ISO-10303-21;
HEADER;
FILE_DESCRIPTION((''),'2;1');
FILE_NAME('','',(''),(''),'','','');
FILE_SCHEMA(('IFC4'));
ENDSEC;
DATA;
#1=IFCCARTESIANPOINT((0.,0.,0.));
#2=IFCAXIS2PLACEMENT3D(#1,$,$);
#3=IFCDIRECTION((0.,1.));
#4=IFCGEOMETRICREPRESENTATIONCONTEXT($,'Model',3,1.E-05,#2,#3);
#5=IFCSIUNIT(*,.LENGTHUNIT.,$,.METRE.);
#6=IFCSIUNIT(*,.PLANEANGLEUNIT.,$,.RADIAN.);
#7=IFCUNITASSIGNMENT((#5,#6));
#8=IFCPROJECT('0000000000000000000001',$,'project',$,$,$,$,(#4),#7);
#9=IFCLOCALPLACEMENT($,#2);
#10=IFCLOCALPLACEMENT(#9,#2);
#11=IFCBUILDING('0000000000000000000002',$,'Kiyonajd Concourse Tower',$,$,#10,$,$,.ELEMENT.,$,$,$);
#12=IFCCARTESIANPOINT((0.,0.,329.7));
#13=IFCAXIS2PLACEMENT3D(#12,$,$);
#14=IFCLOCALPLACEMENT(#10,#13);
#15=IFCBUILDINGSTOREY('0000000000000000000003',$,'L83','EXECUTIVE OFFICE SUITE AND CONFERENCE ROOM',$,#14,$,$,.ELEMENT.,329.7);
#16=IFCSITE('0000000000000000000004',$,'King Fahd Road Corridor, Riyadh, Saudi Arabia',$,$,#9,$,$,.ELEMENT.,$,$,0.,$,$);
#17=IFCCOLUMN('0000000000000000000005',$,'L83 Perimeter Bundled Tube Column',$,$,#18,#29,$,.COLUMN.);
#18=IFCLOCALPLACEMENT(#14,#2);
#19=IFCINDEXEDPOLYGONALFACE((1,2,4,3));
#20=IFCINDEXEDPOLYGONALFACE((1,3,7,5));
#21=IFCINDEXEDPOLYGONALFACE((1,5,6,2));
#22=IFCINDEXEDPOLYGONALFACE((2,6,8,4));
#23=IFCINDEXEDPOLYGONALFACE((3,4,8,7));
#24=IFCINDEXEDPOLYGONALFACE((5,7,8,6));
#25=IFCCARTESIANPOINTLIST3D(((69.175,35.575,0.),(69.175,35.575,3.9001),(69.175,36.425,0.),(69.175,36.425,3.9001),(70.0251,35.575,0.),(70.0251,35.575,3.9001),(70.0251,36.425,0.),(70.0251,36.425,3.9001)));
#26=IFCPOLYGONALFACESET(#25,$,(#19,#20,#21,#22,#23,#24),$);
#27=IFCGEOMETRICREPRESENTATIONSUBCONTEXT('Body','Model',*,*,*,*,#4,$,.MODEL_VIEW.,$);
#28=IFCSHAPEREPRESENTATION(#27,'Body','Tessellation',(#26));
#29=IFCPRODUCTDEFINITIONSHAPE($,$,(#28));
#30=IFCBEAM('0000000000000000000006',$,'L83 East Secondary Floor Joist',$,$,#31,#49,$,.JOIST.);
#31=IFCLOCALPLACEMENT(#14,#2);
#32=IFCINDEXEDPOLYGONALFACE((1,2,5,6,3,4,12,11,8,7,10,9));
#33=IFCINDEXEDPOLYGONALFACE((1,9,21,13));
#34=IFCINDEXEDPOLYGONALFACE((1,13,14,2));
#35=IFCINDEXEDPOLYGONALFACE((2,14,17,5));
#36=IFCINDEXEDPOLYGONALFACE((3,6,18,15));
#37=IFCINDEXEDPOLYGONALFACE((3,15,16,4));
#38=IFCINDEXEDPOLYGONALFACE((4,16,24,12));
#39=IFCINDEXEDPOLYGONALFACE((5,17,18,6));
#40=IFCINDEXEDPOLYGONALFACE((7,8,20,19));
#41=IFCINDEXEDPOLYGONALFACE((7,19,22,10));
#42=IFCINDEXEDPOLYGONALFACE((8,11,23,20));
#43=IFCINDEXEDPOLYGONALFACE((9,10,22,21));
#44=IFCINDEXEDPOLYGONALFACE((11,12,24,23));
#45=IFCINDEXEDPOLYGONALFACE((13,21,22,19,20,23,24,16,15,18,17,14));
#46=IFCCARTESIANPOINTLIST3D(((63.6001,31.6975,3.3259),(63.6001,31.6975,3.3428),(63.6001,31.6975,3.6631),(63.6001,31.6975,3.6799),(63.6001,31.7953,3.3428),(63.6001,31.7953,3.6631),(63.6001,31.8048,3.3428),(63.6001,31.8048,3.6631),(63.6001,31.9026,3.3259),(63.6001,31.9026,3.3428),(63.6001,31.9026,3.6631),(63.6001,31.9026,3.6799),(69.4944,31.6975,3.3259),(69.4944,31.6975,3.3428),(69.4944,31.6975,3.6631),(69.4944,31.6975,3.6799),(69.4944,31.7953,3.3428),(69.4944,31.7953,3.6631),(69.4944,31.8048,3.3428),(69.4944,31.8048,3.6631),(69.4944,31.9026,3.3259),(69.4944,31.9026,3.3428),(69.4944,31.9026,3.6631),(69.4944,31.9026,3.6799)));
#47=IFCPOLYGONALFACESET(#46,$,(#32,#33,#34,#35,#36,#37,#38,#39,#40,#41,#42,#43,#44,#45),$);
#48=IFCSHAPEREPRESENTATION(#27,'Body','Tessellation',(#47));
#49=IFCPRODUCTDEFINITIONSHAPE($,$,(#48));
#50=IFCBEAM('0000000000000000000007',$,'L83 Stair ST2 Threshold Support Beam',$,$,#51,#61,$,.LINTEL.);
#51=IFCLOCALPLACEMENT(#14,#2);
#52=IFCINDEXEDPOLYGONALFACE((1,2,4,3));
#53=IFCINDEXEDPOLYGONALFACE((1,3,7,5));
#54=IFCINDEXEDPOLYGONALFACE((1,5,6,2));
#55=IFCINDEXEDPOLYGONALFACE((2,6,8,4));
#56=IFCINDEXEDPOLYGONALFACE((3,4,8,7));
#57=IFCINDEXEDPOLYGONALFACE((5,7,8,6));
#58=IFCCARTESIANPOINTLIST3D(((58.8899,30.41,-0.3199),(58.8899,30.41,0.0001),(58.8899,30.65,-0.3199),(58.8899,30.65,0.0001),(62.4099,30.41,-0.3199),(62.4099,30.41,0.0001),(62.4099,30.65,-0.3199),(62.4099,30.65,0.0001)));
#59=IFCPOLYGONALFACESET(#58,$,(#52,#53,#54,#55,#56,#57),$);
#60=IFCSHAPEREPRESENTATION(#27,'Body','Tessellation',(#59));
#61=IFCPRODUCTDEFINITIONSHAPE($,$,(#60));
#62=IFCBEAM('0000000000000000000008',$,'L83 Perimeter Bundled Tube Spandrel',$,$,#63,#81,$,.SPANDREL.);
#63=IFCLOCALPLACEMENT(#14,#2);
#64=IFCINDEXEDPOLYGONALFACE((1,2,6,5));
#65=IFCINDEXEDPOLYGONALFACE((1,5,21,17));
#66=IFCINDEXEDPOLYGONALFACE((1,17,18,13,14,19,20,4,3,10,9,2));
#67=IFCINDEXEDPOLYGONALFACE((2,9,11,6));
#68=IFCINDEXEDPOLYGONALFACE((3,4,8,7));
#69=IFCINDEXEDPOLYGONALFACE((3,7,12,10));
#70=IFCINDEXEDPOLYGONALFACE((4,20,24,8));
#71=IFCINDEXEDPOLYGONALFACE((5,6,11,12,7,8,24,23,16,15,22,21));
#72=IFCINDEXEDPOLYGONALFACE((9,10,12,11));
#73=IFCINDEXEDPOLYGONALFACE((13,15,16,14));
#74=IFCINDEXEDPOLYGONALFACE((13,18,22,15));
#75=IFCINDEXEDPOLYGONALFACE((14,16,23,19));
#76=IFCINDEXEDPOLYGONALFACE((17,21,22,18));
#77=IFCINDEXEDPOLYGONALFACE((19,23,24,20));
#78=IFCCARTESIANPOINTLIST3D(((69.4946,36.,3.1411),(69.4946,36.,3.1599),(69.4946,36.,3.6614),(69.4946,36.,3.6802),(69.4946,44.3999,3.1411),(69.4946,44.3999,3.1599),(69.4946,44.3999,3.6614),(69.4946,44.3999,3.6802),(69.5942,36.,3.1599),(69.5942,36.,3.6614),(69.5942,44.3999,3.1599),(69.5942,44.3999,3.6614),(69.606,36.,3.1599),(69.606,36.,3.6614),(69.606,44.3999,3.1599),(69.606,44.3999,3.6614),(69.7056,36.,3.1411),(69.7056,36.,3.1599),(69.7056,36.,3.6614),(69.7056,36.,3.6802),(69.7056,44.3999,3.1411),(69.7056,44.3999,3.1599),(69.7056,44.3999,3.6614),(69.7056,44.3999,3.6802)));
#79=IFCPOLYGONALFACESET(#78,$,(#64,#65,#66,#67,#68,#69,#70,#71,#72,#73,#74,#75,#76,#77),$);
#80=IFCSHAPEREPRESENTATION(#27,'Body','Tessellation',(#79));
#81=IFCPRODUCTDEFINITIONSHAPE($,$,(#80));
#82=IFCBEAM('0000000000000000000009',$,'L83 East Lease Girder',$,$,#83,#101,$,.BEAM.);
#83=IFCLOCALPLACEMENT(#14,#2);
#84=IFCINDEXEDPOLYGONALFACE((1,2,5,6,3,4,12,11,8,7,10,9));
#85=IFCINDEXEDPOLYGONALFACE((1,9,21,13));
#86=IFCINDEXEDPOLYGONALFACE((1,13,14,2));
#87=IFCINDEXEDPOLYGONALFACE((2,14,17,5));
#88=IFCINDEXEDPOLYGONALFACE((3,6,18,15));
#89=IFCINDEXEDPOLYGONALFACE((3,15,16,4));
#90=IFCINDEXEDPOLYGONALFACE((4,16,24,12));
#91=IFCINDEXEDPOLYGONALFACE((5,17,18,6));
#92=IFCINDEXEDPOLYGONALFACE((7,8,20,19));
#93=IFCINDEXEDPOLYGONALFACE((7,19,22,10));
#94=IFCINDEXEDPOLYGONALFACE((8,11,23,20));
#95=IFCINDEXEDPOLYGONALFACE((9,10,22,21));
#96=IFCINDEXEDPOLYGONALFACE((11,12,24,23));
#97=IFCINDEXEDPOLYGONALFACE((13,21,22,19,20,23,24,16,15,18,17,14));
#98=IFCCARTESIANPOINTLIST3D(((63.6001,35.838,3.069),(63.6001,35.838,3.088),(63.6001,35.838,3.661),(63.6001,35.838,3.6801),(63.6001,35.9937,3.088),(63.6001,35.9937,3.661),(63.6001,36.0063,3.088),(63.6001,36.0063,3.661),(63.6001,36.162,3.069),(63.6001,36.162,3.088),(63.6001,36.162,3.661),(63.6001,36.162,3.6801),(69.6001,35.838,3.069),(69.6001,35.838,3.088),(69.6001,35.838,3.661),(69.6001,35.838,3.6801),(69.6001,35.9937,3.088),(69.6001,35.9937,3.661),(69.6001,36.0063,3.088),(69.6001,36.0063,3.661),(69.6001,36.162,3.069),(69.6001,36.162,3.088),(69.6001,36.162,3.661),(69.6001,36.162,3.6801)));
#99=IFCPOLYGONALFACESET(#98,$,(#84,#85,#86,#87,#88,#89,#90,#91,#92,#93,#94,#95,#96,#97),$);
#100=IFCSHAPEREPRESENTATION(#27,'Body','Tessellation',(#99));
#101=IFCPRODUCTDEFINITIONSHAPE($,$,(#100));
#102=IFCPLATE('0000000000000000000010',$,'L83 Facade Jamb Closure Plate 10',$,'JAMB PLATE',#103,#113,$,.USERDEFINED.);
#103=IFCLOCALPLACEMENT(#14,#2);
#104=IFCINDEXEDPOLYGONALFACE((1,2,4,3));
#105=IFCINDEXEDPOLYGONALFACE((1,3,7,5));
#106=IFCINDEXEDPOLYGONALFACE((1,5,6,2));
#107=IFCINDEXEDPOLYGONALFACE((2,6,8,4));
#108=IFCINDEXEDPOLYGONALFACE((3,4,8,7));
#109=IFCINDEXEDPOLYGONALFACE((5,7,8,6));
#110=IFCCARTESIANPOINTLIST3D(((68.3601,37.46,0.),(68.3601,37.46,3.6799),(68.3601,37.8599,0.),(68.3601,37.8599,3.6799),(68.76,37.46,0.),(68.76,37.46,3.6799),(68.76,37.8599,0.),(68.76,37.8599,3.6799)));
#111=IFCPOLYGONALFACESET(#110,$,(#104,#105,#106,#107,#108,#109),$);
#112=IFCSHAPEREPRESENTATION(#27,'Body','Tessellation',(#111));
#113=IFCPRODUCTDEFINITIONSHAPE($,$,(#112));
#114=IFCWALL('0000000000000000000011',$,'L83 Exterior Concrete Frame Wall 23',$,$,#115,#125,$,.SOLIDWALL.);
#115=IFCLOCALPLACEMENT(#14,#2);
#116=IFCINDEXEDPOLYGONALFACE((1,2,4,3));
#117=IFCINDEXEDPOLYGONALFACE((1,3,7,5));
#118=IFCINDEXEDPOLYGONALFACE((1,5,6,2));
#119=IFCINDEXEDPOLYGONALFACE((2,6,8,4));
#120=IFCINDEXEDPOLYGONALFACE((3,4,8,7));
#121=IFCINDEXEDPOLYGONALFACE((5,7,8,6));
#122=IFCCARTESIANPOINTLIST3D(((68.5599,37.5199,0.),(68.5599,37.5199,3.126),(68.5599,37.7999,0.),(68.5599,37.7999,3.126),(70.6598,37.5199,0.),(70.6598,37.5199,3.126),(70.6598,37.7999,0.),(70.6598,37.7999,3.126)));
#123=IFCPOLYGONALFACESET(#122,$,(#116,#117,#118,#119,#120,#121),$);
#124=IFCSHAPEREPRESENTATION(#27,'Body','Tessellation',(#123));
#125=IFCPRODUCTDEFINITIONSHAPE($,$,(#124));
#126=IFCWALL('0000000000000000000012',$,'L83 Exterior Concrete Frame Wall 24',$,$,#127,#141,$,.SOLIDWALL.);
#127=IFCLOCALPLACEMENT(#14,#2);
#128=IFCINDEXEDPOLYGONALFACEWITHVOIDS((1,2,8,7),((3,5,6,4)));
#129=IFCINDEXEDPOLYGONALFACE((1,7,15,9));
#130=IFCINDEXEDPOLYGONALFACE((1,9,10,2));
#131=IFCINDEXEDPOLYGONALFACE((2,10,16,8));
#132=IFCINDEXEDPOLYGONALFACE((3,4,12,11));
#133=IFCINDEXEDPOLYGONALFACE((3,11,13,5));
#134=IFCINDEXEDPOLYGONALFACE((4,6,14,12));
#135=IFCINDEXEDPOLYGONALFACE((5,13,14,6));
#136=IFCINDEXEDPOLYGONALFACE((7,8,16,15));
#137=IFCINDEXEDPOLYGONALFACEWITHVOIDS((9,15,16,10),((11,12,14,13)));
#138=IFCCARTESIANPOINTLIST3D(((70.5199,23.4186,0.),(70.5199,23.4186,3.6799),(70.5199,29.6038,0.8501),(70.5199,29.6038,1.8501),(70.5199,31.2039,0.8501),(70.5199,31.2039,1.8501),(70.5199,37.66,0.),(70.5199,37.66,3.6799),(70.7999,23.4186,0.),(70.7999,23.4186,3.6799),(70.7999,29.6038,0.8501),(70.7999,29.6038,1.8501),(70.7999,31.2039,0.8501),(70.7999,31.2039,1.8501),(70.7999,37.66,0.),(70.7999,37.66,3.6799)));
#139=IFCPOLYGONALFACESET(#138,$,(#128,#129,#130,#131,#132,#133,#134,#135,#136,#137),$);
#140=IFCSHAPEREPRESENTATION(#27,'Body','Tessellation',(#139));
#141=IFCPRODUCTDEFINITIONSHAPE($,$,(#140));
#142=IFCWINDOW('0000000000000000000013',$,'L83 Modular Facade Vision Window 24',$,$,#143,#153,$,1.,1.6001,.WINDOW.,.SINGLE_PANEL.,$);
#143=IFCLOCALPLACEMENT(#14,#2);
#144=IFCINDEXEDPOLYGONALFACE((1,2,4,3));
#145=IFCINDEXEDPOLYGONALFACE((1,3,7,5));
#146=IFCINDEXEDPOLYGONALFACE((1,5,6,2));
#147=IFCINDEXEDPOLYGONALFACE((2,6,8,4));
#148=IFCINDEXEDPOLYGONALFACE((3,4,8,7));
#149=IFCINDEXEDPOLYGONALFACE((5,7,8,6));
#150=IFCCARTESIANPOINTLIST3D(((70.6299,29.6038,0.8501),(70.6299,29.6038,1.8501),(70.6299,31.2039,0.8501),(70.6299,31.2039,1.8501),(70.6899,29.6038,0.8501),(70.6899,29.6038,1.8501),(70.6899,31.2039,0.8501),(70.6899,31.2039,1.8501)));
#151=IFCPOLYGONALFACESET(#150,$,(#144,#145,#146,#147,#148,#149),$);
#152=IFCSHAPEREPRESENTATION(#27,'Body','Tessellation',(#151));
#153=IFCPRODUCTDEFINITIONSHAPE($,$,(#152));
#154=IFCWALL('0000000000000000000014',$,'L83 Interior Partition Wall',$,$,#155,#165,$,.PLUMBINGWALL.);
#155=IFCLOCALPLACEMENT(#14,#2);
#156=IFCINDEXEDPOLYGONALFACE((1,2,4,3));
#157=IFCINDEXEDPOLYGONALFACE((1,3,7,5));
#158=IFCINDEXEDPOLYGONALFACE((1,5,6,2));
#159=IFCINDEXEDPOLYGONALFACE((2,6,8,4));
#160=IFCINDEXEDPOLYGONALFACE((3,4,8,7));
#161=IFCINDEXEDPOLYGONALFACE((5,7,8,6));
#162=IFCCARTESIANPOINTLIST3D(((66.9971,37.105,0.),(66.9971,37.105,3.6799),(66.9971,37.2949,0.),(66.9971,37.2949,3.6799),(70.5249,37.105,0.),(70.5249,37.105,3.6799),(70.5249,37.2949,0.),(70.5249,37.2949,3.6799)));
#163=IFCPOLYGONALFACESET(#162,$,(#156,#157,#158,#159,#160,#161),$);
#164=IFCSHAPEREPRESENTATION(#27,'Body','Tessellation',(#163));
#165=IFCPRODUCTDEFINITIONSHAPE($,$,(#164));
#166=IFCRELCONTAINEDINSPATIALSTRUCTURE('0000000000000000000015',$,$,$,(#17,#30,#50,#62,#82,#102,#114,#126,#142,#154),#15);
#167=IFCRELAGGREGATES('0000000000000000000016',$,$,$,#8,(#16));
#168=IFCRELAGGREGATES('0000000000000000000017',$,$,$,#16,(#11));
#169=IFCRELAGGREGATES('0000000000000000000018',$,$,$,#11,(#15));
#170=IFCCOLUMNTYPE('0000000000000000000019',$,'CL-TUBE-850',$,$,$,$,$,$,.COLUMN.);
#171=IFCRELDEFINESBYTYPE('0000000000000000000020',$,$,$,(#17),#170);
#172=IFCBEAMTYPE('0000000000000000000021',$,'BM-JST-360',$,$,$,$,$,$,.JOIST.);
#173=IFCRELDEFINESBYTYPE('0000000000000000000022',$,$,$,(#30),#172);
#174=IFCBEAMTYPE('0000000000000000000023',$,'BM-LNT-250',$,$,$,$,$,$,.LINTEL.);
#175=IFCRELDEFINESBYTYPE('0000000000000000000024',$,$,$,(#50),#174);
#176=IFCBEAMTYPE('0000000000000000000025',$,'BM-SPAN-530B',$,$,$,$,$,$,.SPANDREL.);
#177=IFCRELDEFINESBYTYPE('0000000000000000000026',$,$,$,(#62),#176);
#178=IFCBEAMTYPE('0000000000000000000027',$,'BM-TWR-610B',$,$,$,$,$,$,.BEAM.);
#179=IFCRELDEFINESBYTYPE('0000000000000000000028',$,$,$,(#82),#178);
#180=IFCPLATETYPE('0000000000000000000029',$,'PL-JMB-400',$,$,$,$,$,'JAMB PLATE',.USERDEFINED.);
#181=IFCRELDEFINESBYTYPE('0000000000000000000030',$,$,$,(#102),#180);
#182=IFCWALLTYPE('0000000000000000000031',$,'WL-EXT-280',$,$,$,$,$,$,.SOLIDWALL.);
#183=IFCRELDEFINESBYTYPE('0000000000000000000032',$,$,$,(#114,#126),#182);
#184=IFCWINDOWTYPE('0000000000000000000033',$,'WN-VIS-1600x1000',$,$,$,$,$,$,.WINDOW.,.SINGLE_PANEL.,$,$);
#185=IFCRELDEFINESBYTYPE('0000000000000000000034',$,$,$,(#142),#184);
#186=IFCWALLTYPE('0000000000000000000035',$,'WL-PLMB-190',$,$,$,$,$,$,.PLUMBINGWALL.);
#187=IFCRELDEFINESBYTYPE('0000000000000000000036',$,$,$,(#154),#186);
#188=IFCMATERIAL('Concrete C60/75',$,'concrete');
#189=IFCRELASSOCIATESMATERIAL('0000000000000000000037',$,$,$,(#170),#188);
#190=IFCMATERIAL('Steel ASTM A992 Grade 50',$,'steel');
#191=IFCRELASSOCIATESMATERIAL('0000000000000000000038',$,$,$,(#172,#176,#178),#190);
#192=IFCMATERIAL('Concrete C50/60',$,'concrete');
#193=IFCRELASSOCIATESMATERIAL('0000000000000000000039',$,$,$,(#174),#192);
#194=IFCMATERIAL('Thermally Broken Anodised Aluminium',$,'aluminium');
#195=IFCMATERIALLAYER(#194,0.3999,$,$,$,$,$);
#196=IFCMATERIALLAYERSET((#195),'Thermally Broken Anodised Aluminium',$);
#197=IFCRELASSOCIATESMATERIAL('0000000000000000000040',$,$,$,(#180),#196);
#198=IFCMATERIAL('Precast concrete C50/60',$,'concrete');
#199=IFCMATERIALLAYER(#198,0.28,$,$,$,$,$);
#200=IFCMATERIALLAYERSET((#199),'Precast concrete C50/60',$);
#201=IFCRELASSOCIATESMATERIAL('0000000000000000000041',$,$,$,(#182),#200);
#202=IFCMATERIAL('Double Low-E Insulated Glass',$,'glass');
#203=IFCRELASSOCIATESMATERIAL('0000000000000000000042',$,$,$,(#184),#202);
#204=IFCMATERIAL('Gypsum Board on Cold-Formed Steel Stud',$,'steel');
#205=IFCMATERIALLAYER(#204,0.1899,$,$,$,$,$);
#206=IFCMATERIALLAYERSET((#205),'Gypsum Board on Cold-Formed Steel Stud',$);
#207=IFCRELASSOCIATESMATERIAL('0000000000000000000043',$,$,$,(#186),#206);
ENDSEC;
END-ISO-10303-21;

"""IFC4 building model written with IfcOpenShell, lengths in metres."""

from ifc_helpers import new_model, si_unit, direction, frame, frame_2d, origin, origin_2d, place, context, subcontext, project, spatial, rectangle, i_section, extrude, material, layer, layer_set, material_profile, profile_set, type_object, element, fill, save


model = new_model("IFC4")

# Units and contexts
model_context = context("Model", 3, precision=1e-05, world=origin(), true_north=direction((0.0, 1.0)))
body_context = subcontext(model_context, "Body", "Model", "MODEL_VIEW")
ifc_project = project(units=[si_unit("LENGTHUNIT", "METRE"), si_unit("PLANEANGLEUNIT", "RADIAN")], contexts=[model_context])

# Site, building, storey
site_placement = place(None, origin())
site = spatial("IfcSite", under=ifc_project, at=site_placement, Name="King Fahd Road Corridor, Riyadh, Saudi Arabia", CompositionType="ELEMENT", RefElevation=0.0)
building_placement = place(site_placement, origin())
building = spatial("IfcBuilding", under=site, at=building_placement, Name="Kiyonajd Concourse Tower", CompositionType="ELEMENT")
storey_placement = place(building_placement, frame((0.0, 0.0, 329.7)))
storey = spatial("IfcBuildingStorey", under=building, at=storey_placement, Name="L83", Description="EXECUTIVE OFFICE SUITE AND CONFERENCE ROOM", CompositionType="ELEMENT", Elevation=329.7)

# Column
ifc_material_1 = material(Name="Concrete C60/75", Category="concrete")
ifc_material_profile_1 = material_profile(ifc_material_1, rectangle(XDim=0.8501, YDim=0.8501, at=origin_2d()), Name="RC-850x850")
ifc_profile_set_1 = profile_set([ifc_material_profile_1], Name="Concrete C60/75")
column_type = type_object("IfcColumnType", Name="CL-TUBE-850", PredefinedType="COLUMN", material=ifc_profile_set_1)
column_placement = place(storey_placement, frame((69.6001, 36.0, 0.0), z_axis=(0.0, 0.0, 1.0), x_axis=(1.0, 0.0, 0.0)))
element("IfcColumn", 1, at=column_placement, inside=storey, type_object=column_type, Name="L83 Perimeter Bundled Tube Column", PredefinedType="COLUMN", context=body_context, shape_type="SweptSolid", body=[
    extrude(rectangle(XDim=0.8501, YDim=0.8501, at=origin_2d()), origin(), (0.0, 0.0, 1.0), 3.9001),
])

# Beams
ifc_material_2 = material(Name="Steel ASTM A992 Grade 50", Category="steel")
ifc_material_profile_2 = material_profile(ifc_material_2, i_section(OverallWidth=0.2051, OverallDepth=0.354, WebThickness=0.0095, FlangeThickness=0.0168, at=origin_2d()), Name="W360X79")
ifc_profile_set_2 = profile_set([ifc_material_profile_2], Name="Steel ASTM A992 Grade 50")
beam_type_1 = type_object("IfcBeamType", Name="BM-JST-360", PredefinedType="JOIST", material=ifc_profile_set_2)
beam_1_placement = place(storey_placement, frame((63.6001, 31.8, 3.5029), z_axis=(1.0, 0.0, 0.0), x_axis=(0.0, 1.0, 0.0)))
element("IfcBeam", 2, at=beam_1_placement, inside=storey, type_object=beam_type_1, Name="L83 East Secondary Floor Joist", PredefinedType="JOIST", context=body_context, shape_type="SweptSolid", body=[
    extrude(i_section(OverallWidth=0.2051, OverallDepth=0.354, WebThickness=0.0095, FlangeThickness=0.0168, at=origin_2d()), origin(), (0.0, 0.0, 1.0), 5.8943),
])
ifc_material_3 = material(Name="Concrete C50/60", Category="concrete")
ifc_material_profile_3 = material_profile(ifc_material_3, rectangle(XDim=0.24, YDim=0.3201, at=origin_2d()), Name="RCBM-240x320")
ifc_profile_set_3 = profile_set([ifc_material_profile_3], Name="Concrete C50/60")
beam_type_2 = type_object("IfcBeamType", Name="BM-LNT-250", PredefinedType="LINTEL", material=ifc_profile_set_3)
beam_2_placement = place(storey_placement, frame((58.8899, 30.53, -0.1599), z_axis=(1.0, 0.0, 0.0), x_axis=(0.0, 1.0, 0.0)))
element("IfcBeam", 3, at=beam_2_placement, inside=storey, type_object=beam_type_2, Name="L83 Stair ST2 Threshold Support Beam", PredefinedType="LINTEL", context=body_context, shape_type="SweptSolid", body=[
    extrude(rectangle(XDim=0.24, YDim=0.3201, at=origin_2d()), origin(), (0.0, 0.0, 1.0), 3.52),
])
ifc_material_profile_4 = material_profile(ifc_material_2, i_section(OverallWidth=0.2109, OverallDepth=0.5391, WebThickness=0.0117, FlangeThickness=0.0188, at=origin_2d()), Name="W530X109")
ifc_profile_set_4 = profile_set([ifc_material_profile_4], Name="Steel ASTM A992 Grade 50")
beam_type_3 = type_object("IfcBeamType", Name="BM-SPAN-530B", PredefinedType="SPANDREL", material=ifc_profile_set_4)
beam_3_placement = place(storey_placement, frame((69.6001, 36.0, 3.4106), z_axis=(0.0, 1.0, 0.0), x_axis=(-1.0, 0.0, 0.0)))
element("IfcBeam", 4, at=beam_3_placement, inside=storey, type_object=beam_type_3, Name="L83 Perimeter Bundled Tube Spandrel", PredefinedType="SPANDREL", context=body_context, shape_type="SweptSolid", body=[
    extrude(i_section(OverallWidth=0.2109, OverallDepth=0.5391, WebThickness=0.0117, FlangeThickness=0.0188, at=origin_2d()), origin(), (0.0, 0.0, 1.0), 8.3999),
])
ifc_material_profile_5 = material_profile(ifc_material_2, i_section(OverallWidth=0.324, OverallDepth=0.6111, WebThickness=0.0127, FlangeThickness=0.019, at=origin_2d()), Name="W610X155")
ifc_profile_set_5 = profile_set([ifc_material_profile_5], Name="Steel ASTM A992 Grade 50")
beam_type_4 = type_object("IfcBeamType", Name="BM-TWR-610B", PredefinedType="BEAM", material=ifc_profile_set_5)
beam_4_placement = place(storey_placement, frame((63.6001, 36.0, 3.3745), z_axis=(1.0, 0.0, 0.0), x_axis=(0.0, 1.0, 0.0)))
element("IfcBeam", 5, at=beam_4_placement, inside=storey, type_object=beam_type_4, Name="L83 East Lease Girder", PredefinedType="BEAM", context=body_context, shape_type="SweptSolid", body=[
    extrude(i_section(OverallWidth=0.324, OverallDepth=0.6111, WebThickness=0.0127, FlangeThickness=0.019, at=origin_2d()), origin(), (0.0, 0.0, 1.0), 6.0),
])

# Plate
ifc_material_4 = material(Name="Thermally Broken Anodised Aluminium", Category="aluminium")
ifc_layer_1 = layer(ifc_material_4, 0.3999)
ifc_layer_set_1 = layer_set([ifc_layer_1], Name="Thermally Broken Anodised Aluminium")
plate_type = type_object("IfcPlateType", Name="PL-JMB-400", ElementType="JAMB PLATE", PredefinedType="USERDEFINED", material=ifc_layer_set_1)
plate_placement = place(storey_placement, frame((68.5601, 37.6599, 0.0), z_axis=(0.0, 0.0, 1.0), x_axis=(1.0, 0.0, 0.0)))
element("IfcPlate", 6, at=plate_placement, inside=storey, type_object=plate_type, Name="L83 Facade Jamb Closure Plate 10", ObjectType="JAMB PLATE", PredefinedType="USERDEFINED", context=body_context, shape_type="SweptSolid", body=[
    extrude(rectangle(XDim=0.3999, YDim=0.3999, at=origin_2d()), origin(), (0.0, 0.0, 1.0), 3.6799),
])

# Wall
ifc_material_5 = material(Name="Precast concrete C50/60", Category="concrete")
ifc_layer_2 = layer(ifc_material_5, 0.28)
ifc_layer_set_2 = layer_set([ifc_layer_2], Name="Precast concrete C50/60")
wall_type_1 = type_object("IfcWallType", Name="WL-EXT-280", PredefinedType="SOLIDWALL", material=ifc_layer_set_2)
wall_1_placement = place(storey_placement, frame((68.5601, 37.6599, 0.0), z_axis=(0.0, 0.0, 1.0), x_axis=(1.0, 0.0, 0.0)))
element("IfcWall", 7, at=wall_1_placement, inside=storey, type_object=wall_type_1, Name="L83 Exterior Concrete Frame Wall 23", PredefinedType="SOLIDWALL", context=body_context, shape_type="SweptSolid", body=[
    extrude(rectangle(XDim=2.0999, YDim=0.28, at=frame_2d((1.0498, 0.0))), origin(), (0.0, 0.0, 1.0), 3.126),
])

# Wall, opening, window
wall_2_placement = place(storey_placement, frame((70.6599, 37.6599, 0.0), z_axis=(0.0, 0.0, 1.0), x_axis=(0.0, -1.0, 0.0)))
wall_2 = element("IfcWall", 8, at=wall_2_placement, inside=storey, type_object=wall_type_1, Name="L83 Exterior Concrete Frame Wall 24", PredefinedType="SOLIDWALL", context=body_context, shape_type="SweptSolid", body=[
    extrude(rectangle(XDim=14.2415, YDim=0.28, at=frame_2d((7.1206, 0.0))), origin(), (0.0, 0.0, 1.0), 3.6799),
])
opening_placement = place(wall_2_placement, frame((6.4561, 0.0, 0.8501)))
opening = element("IfcOpeningElement", 9, at=opening_placement, cuts=wall_2, PredefinedType="OPENING", context=body_context, shape_type="SweptSolid", body=[
    extrude(rectangle(XDim=1.6001, YDim=1.0, at=frame_2d((0.8, 0.5))), frame((0.0, 0.1499, 0.0), z_axis=(0.0, -1.0, 0.0), x_axis=(1.0, 0.0, 0.0)), (0.0, 0.0, 1.0), 0.3),
])
ifc_material_6 = material(Name="Double Low-E Insulated Glass", Category="glass")
window_type = type_object("IfcWindowType", Name="WN-VIS-1600x1000", PartitioningType="SINGLE_PANEL", PredefinedType="WINDOW", material=ifc_material_6)
window_placement = place(opening_placement, origin())
window = element("IfcWindow", 10, at=window_placement, inside=storey, type_object=window_type, Name="L83 Modular Facade Vision Window 24", OverallHeight=1.0, OverallWidth=1.6001, PartitioningType="SINGLE_PANEL", PredefinedType="WINDOW", context=body_context, shape_type="SweptSolid", body=[
    extrude(rectangle(XDim=1.6001, YDim=1.0, at=frame_2d((0.8, 0.5))), frame((0.0, 0.03, 0.0), z_axis=(0.0, -1.0, 0.0), x_axis=(1.0, 0.0, 0.0)), (0.0, 0.0, 1.0), 0.0601),
])
fill(opening, window)

# Wall
ifc_material_7 = material(Name="Gypsum Board on Cold-Formed Steel Stud", Category="steel")
ifc_layer_3 = layer(ifc_material_7, 0.1899)
ifc_layer_set_3 = layer_set([ifc_layer_3], Name="Gypsum Board on Cold-Formed Steel Stud")
wall_type_2 = type_object("IfcWallType", Name="WL-PLMB-190", PredefinedType="PLUMBINGWALL", material=ifc_layer_set_3)
wall_3_placement = place(storey_placement, frame((66.9971, 37.2, 0.0), z_axis=(0.0, 0.0, 1.0), x_axis=(1.0, 0.0, 0.0)))
element("IfcWall", 11, at=wall_3_placement, inside=storey, type_object=wall_type_2, Name="L83 Interior Partition Wall", PredefinedType="PLUMBINGWALL", context=body_context, shape_type="SweptSolid", body=[
    extrude(rectangle(XDim=3.5278, YDim=0.1899, at=frame_2d((1.7639, 0.0))), origin(), (0.0, 0.0, 1.0), 3.6799),
])

save(model, "model.ifc")
